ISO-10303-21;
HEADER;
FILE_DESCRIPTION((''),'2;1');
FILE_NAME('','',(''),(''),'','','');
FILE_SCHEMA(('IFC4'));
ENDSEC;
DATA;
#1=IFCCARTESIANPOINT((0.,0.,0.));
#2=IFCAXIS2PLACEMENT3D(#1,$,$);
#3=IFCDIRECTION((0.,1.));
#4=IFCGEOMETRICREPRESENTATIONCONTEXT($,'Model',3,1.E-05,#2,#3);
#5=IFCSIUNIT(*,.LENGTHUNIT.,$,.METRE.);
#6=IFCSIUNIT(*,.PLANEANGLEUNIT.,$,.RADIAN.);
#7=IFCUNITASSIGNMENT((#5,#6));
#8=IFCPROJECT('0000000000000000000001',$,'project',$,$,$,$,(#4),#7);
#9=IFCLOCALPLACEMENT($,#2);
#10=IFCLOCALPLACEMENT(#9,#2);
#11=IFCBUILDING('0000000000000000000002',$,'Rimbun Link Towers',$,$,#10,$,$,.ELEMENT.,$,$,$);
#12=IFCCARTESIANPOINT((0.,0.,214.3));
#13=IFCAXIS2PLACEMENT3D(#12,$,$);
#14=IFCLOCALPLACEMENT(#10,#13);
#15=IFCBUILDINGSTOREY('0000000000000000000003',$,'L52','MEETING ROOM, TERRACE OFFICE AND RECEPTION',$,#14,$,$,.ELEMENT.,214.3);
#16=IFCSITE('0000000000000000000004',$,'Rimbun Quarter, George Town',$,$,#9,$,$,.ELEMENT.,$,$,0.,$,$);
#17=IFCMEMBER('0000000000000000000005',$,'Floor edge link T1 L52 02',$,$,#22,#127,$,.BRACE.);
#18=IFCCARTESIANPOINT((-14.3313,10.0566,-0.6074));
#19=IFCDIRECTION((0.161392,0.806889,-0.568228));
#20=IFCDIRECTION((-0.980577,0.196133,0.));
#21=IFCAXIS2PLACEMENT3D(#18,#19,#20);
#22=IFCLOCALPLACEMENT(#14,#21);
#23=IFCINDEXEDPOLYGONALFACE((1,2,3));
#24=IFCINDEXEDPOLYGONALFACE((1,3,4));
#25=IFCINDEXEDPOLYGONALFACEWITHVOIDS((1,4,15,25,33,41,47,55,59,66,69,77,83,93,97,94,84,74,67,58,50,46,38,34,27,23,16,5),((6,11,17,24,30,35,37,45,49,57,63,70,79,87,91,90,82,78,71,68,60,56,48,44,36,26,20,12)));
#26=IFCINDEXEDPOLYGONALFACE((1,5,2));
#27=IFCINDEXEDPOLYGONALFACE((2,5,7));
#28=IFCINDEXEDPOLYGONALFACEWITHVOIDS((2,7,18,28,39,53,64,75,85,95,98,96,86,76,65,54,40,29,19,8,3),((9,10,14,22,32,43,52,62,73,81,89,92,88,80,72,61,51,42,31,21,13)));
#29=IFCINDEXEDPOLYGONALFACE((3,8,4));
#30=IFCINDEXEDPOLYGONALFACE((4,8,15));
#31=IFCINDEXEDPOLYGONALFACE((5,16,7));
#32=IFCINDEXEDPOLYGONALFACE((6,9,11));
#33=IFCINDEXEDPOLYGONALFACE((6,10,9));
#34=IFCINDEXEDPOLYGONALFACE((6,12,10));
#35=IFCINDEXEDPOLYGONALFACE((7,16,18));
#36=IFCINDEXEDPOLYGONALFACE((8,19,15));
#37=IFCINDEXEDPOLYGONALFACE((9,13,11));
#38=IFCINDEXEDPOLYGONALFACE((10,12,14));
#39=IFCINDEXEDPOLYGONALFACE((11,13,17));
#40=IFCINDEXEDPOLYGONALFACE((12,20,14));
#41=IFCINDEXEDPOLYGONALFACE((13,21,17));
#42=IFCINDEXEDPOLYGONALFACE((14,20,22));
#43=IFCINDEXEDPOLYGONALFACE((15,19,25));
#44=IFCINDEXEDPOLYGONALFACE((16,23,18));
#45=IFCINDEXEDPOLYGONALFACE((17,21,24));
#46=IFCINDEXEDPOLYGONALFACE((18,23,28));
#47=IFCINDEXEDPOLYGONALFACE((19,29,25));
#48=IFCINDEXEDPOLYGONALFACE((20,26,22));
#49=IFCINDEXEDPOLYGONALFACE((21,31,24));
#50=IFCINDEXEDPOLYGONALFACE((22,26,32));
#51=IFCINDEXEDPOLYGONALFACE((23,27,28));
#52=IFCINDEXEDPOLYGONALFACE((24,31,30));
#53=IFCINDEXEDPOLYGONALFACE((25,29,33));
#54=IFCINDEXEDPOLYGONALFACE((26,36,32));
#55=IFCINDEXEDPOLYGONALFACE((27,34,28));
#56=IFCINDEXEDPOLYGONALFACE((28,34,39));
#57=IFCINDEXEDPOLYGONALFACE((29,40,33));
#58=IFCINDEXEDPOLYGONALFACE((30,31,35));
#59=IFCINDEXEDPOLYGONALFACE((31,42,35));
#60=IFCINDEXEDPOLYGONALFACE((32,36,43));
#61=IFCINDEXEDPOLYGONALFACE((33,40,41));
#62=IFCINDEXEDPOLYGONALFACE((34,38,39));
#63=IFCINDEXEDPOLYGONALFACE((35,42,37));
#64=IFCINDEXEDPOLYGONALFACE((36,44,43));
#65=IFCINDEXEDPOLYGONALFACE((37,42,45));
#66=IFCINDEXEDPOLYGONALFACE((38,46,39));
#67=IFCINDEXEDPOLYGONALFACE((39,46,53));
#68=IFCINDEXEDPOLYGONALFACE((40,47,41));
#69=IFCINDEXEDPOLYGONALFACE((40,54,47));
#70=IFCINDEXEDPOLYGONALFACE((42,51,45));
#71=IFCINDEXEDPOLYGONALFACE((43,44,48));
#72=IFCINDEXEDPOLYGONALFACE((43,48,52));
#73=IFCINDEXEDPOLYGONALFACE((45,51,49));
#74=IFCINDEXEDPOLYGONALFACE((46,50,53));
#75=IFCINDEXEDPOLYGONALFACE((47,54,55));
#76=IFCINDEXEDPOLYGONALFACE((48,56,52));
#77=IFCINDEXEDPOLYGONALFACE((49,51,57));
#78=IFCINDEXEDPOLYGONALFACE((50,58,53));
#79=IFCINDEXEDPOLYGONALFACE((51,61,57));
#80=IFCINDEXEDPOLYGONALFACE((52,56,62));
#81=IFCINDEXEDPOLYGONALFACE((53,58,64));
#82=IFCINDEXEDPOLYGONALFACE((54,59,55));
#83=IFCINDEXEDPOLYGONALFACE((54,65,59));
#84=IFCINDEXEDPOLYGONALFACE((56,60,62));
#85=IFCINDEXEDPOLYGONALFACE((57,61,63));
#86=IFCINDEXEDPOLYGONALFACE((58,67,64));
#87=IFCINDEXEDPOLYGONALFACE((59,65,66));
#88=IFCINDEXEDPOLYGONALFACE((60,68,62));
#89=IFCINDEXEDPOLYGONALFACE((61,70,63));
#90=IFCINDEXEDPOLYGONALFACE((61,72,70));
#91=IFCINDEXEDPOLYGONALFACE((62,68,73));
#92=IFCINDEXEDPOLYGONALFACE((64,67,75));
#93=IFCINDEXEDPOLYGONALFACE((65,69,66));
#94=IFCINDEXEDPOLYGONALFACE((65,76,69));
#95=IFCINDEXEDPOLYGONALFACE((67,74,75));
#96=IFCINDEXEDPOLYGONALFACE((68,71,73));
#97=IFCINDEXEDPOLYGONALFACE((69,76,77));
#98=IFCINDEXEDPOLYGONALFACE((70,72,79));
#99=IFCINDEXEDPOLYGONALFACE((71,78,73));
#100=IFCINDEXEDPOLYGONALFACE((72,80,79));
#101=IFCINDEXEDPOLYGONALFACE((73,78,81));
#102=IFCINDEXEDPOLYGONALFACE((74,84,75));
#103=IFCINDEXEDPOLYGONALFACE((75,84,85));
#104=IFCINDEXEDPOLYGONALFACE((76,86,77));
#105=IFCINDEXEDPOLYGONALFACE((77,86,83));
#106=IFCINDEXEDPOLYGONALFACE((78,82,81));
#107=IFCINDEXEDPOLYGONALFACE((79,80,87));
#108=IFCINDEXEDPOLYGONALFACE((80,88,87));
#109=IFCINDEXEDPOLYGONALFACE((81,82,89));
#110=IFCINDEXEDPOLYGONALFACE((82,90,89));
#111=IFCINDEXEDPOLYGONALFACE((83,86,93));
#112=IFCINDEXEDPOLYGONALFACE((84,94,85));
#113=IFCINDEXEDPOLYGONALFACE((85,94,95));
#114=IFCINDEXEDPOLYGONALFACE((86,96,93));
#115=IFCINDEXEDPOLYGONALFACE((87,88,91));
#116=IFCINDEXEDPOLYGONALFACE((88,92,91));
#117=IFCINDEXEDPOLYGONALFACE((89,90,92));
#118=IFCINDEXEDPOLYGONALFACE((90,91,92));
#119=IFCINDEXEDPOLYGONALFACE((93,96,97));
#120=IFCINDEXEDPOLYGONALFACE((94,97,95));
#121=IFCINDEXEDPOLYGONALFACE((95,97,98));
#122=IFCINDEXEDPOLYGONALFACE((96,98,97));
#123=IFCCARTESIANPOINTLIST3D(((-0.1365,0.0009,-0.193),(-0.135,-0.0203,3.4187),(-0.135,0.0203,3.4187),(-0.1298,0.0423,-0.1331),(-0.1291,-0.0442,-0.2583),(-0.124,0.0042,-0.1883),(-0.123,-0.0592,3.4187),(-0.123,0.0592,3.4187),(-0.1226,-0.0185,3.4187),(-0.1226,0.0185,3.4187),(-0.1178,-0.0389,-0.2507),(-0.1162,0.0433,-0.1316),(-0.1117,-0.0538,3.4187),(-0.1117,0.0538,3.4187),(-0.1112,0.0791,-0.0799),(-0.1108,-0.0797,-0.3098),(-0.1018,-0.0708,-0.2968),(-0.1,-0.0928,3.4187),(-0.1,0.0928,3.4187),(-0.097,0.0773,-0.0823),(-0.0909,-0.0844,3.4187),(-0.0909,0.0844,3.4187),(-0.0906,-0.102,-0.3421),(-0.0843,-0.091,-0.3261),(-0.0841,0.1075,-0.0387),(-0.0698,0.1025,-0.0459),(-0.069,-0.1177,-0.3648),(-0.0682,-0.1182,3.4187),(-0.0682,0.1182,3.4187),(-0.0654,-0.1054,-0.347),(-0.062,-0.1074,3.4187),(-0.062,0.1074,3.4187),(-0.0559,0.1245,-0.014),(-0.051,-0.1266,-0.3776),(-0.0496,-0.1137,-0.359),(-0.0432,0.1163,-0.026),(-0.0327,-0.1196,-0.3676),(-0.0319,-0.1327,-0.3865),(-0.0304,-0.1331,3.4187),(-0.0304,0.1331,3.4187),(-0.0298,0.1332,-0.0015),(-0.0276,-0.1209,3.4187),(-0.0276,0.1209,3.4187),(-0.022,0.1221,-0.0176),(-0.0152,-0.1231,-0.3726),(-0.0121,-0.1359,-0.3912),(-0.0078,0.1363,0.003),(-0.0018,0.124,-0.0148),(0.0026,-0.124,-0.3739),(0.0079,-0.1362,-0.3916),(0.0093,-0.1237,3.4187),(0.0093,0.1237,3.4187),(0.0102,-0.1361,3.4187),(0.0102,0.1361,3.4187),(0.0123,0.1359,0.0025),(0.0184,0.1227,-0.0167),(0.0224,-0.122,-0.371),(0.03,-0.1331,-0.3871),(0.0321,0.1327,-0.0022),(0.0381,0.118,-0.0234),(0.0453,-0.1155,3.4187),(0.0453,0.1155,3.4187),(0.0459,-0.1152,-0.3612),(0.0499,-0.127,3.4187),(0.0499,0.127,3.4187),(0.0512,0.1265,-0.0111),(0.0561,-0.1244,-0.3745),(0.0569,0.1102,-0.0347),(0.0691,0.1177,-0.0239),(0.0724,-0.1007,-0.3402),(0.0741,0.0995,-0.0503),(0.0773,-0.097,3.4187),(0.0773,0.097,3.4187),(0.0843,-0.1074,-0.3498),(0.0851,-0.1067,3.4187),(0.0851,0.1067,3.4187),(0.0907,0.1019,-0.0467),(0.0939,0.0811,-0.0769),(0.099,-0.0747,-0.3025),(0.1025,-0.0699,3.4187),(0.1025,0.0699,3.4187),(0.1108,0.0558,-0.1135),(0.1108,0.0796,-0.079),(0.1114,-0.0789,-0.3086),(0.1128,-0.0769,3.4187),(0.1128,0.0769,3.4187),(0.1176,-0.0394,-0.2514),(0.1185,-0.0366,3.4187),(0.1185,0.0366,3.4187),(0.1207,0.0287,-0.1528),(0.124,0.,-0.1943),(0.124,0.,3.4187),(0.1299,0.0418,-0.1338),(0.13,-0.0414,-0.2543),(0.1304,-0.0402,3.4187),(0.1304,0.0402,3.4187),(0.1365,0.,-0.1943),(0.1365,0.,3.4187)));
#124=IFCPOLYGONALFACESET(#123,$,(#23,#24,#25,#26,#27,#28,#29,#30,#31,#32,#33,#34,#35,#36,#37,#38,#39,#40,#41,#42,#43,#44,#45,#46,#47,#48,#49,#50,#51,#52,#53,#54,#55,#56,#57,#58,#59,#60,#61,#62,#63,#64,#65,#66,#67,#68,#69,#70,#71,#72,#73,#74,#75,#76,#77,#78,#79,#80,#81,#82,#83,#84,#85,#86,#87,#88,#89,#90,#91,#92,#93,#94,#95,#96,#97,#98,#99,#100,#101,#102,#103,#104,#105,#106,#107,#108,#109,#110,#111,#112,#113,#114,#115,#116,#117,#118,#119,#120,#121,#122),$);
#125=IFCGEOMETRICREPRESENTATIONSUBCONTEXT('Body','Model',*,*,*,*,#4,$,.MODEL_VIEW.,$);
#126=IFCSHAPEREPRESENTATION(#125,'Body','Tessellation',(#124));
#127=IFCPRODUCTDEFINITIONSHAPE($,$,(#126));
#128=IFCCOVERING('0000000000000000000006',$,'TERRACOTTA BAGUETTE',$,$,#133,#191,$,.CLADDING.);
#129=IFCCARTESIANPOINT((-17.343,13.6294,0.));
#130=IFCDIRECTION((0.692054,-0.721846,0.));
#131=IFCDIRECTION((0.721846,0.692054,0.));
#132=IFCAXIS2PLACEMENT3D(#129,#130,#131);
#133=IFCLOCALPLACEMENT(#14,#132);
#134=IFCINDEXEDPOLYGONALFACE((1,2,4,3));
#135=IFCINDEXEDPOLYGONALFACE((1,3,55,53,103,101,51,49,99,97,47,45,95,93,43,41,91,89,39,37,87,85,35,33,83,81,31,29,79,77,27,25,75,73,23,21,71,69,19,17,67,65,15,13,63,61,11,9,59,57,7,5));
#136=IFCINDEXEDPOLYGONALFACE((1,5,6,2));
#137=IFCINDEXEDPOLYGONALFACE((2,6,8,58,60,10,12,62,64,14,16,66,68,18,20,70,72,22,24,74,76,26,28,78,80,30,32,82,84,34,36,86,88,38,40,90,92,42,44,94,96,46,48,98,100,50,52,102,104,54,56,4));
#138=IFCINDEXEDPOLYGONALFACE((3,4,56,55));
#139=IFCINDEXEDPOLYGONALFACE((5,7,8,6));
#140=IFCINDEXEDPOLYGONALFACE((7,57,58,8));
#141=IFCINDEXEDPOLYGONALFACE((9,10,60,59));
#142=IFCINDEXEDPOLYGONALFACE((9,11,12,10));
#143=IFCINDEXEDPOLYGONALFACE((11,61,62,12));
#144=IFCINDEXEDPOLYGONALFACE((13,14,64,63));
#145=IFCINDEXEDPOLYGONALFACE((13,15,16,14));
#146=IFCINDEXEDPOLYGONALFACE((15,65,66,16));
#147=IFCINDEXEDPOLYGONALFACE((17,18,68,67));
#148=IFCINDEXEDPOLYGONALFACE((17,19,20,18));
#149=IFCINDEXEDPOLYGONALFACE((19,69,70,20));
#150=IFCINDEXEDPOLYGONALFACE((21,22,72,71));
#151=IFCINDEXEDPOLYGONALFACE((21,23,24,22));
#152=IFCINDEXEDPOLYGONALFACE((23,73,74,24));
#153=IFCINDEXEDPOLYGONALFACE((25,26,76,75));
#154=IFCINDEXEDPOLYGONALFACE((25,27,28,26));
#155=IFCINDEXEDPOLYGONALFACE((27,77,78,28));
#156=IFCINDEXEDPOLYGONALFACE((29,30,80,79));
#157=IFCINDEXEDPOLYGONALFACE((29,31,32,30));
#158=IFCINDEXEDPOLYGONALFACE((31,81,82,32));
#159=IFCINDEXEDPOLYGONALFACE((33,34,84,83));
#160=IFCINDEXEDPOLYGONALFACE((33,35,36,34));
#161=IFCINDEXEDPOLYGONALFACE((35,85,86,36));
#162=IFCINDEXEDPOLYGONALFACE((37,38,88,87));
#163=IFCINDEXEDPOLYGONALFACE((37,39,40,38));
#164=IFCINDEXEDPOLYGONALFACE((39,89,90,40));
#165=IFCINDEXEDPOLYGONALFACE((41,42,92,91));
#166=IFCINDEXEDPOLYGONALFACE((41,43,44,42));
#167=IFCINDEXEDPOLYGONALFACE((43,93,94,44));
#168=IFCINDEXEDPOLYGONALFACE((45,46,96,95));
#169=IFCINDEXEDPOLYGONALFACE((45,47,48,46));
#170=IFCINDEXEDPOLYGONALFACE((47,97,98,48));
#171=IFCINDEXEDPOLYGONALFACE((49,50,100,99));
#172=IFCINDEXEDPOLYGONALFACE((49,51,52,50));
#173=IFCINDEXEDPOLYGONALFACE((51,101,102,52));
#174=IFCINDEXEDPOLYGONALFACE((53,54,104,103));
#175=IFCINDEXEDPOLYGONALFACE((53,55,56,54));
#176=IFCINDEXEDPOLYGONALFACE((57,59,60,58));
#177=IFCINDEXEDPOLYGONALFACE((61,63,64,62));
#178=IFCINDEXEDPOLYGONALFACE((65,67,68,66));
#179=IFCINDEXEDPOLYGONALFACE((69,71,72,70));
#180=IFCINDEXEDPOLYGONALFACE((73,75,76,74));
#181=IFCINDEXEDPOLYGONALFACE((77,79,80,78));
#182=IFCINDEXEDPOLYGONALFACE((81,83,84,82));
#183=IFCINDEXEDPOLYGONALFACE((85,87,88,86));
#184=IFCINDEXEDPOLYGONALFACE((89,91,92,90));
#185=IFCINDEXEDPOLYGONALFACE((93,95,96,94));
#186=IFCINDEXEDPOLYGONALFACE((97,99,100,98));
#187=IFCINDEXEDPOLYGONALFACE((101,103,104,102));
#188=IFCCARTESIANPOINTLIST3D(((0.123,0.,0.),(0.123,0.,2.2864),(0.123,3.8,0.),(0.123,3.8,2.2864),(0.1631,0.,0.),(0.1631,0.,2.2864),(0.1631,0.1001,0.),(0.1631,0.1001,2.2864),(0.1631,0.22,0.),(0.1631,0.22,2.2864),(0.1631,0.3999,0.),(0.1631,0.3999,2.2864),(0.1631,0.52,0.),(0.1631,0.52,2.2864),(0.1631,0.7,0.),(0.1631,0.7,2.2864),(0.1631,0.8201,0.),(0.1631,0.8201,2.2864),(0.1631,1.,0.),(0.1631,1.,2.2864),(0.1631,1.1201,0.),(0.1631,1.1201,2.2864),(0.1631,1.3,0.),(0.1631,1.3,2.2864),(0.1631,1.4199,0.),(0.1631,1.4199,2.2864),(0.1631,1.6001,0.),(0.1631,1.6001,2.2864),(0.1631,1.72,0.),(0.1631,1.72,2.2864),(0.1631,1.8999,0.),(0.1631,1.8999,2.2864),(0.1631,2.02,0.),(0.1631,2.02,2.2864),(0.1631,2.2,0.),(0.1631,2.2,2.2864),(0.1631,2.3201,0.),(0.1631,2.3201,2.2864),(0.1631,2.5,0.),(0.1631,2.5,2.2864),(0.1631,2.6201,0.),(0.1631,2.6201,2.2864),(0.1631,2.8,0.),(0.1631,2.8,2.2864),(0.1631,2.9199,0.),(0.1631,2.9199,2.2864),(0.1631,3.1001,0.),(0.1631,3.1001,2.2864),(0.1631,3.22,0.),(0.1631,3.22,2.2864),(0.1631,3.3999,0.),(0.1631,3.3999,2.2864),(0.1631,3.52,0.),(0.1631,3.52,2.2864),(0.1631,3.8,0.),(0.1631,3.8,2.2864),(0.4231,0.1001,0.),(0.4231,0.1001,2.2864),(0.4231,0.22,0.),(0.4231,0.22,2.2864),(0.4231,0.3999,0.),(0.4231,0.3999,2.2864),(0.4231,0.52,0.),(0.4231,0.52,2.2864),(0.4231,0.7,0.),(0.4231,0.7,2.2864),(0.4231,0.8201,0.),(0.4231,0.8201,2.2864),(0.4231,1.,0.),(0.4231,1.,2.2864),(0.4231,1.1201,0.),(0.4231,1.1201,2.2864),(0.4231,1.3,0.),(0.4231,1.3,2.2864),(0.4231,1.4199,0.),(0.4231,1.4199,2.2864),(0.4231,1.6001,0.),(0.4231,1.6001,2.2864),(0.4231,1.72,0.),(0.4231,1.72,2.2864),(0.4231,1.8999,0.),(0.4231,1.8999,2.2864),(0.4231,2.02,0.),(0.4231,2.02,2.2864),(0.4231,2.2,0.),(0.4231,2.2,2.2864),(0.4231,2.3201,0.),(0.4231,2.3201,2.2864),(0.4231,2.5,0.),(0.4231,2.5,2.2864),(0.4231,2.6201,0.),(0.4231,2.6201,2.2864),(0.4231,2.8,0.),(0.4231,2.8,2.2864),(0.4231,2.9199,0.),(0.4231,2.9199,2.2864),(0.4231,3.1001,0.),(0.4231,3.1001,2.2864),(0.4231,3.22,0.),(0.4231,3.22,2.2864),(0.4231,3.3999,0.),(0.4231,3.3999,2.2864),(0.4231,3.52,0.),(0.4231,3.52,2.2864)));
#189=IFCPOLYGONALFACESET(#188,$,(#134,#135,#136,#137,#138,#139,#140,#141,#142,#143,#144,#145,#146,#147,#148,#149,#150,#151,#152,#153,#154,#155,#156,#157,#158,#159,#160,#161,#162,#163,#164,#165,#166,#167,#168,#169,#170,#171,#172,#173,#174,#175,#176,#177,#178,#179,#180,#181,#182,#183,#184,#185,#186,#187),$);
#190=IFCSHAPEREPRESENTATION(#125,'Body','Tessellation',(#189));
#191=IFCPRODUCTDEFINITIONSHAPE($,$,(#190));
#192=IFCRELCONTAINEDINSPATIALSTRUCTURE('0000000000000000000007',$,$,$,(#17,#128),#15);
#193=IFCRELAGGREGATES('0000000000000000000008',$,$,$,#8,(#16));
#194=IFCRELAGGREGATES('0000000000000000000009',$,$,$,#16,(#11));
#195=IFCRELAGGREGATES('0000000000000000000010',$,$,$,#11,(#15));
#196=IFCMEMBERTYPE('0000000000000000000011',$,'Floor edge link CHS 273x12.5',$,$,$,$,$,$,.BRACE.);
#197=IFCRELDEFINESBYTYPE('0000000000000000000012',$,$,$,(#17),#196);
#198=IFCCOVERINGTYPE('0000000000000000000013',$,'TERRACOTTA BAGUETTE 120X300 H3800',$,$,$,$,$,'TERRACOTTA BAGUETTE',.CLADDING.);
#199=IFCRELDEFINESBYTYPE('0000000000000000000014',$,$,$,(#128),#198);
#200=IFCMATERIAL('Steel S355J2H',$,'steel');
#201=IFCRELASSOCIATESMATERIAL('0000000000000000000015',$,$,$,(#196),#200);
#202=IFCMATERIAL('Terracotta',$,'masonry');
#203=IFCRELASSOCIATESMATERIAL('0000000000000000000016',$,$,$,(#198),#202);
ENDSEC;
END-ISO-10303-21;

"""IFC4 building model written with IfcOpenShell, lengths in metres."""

from ifc_helpers import new_model, si_unit, direction, frame, origin, origin_2d, place, context, subcontext, project, spatial, polyline, hollow_circle, outline, extrude, clip, halfspace, material, material_profile, profile_set, type_object, element, save


model = new_model("IFC4")

# Units and contexts
model_context = context("Model", 3, precision=1e-05, world=origin(), true_north=direction((0.0, 1.0)))
body_context = subcontext(model_context, "Body", "Model", "MODEL_VIEW")
ifc_project = project(units=[si_unit("LENGTHUNIT", "METRE"), si_unit("PLANEANGLEUNIT", "RADIAN")], contexts=[model_context])

# Site, building, storey
site_placement = place(None, origin())
site = spatial("IfcSite", under=ifc_project, at=site_placement, Name="Rimbun Quarter, George Town", CompositionType="ELEMENT", RefElevation=0.0)
building_placement = place(site_placement, origin())
building = spatial("IfcBuilding", under=site, at=building_placement, Name="Rimbun Link Towers", CompositionType="ELEMENT")
storey_placement = place(building_placement, frame((0.0, 0.0, 214.3)))
storey = spatial("IfcBuildingStorey", under=building, at=storey_placement, Name="L52", Description="MEETING ROOM, TERRACE OFFICE AND RECEPTION", CompositionType="ELEMENT", Elevation=214.3)

# Member
ifc_material_1 = material(Name="Steel S355J2H", Category="steel")
ifc_material_profile_1 = material_profile(ifc_material_1, hollow_circle(Radius=0.1365, WallThickness=0.0125, at=origin_2d()), Name="CHS 273x12.5")
ifc_profile_set_1 = profile_set([ifc_material_profile_1], Name="Steel S355J2H")
member_type_1 = type_object("IfcMemberType", Name="Floor edge link CHS 273x12.5", PredefinedType="BRACE", material=ifc_profile_set_1)
member_1_placement = place(storey_placement, frame((-14.3313, 10.0566, -0.6074), z_axis=(0.161392, 0.806889, -0.568228), x_axis=(-0.980577, 0.196133, 0.0)))
element("IfcMember", 1, at=member_1_placement, inside=storey, type_object=member_type_1, Name="Floor edge link T1 L52 02", PredefinedType="BRACE", context=body_context, shape_type="Clipping", body=[
    clip(extrude(hollow_circle(Radius=0.1365, WallThickness=0.0125, at=origin_2d()), frame((0.0, 0.0, -0.4128)), (0.0, 0.0, 1.0), 3.8315), halfspace(frame((0.0, 0.0, -0.1943), z_axis=(0.0, 0.822871, -0.568228)), False)),
])

# Covering
ifc_material_2 = material(Name="Terracotta", Category="masonry")
ifc_material_profile_2 = material_profile(ifc_material_2, outline(polyline([(0.123, 0.0), (0.1631, 0.0), (0.1631, 0.1001), (0.4231, 0.1001), (0.4231, 0.22), (0.1631, 0.22), (0.1631, 0.3999), (0.4231, 0.3999), (0.4231, 0.52), (0.1631, 0.52), (0.1631, 0.7), (0.4231, 0.7), (0.4231, 0.8201), (0.1631, 0.8201), (0.1631, 1.0), (0.4231, 1.0), (0.4231, 1.1201), (0.1631, 1.1201), (0.1631, 1.3), (0.4231, 1.3), (0.4231, 1.4199), (0.1631, 1.4199), (0.1631, 1.6001), (0.4231, 1.6001), (0.4231, 1.72), (0.1631, 1.72), (0.1631, 1.8999), (0.4231, 1.8999), (0.4231, 2.02), (0.1631, 2.02), (0.1631, 2.2), (0.4231, 2.2), (0.4231, 2.3201), (0.1631, 2.3201), (0.1631, 2.5), (0.4231, 2.5), (0.4231, 2.6201), (0.1631, 2.6201), (0.1631, 2.8), (0.4231, 2.8), (0.4231, 2.9199), (0.1631, 2.9199), (0.1631, 3.1001), (0.4231, 3.1001), (0.4231, 3.22), (0.1631, 3.22), (0.1631, 3.3999), (0.4231, 3.3999), (0.4231, 3.52), (0.1631, 3.52), (0.1631, 3.8), (0.123, 3.8), (0.123, 0.0)])), Name="BAGUETTE 120X300")
ifc_profile_set_2 = profile_set([ifc_material_profile_2], Name="Terracotta")
covering_type = type_object("IfcCoveringType", Name="TERRACOTTA BAGUETTE 120X300 H3800", ElementType="TERRACOTTA BAGUETTE", PredefinedType="CLADDING", material=ifc_profile_set_2)
covering_placement = place(storey_placement, frame((-17.343, 13.6294, 0.0), z_axis=(0.692054, -0.721846, 0.0), x_axis=(0.721846, 0.692054, 0.0)))
element("IfcCovering", 2, at=covering_placement, inside=storey, type_object=covering_type, Name="TERRACOTTA BAGUETTE", PredefinedType="CLADDING", context=body_context, shape_type="SweptSolid", body=[
    extrude(outline(polyline([(0.123, 0.0), (0.1631, 0.0), (0.1631, 0.1001), (0.4231, 0.1001), (0.4231, 0.22), (0.1631, 0.22), (0.1631, 0.3999), (0.4231, 0.3999), (0.4231, 0.52), (0.1631, 0.52), (0.1631, 0.7), (0.4231, 0.7), (0.4231, 0.8201), (0.1631, 0.8201), (0.1631, 1.0), (0.4231, 1.0), (0.4231, 1.1201), (0.1631, 1.1201), (0.1631, 1.3), (0.4231, 1.3), (0.4231, 1.4199), (0.1631, 1.4199), (0.1631, 1.6001), (0.4231, 1.6001), (0.4231, 1.72), (0.1631, 1.72), (0.1631, 1.8999), (0.4231, 1.8999), (0.4231, 2.02), (0.1631, 2.02), (0.1631, 2.2), (0.4231, 2.2), (0.4231, 2.3201), (0.1631, 2.3201), (0.1631, 2.5), (0.4231, 2.5), (0.4231, 2.6201), (0.1631, 2.6201), (0.1631, 2.8), (0.4231, 2.8), (0.4231, 2.9199), (0.1631, 2.9199), (0.1631, 3.1001), (0.4231, 3.1001), (0.4231, 3.22), (0.1631, 3.22), (0.1631, 3.3999), (0.4231, 3.3999), (0.4231, 3.52), (0.1631, 3.52), (0.1631, 3.8), (0.123, 3.8), (0.123, 0.0)])), origin(), (0.0, 0.0, 1.0), 2.2864),
])

save(model, "model.ifc")
